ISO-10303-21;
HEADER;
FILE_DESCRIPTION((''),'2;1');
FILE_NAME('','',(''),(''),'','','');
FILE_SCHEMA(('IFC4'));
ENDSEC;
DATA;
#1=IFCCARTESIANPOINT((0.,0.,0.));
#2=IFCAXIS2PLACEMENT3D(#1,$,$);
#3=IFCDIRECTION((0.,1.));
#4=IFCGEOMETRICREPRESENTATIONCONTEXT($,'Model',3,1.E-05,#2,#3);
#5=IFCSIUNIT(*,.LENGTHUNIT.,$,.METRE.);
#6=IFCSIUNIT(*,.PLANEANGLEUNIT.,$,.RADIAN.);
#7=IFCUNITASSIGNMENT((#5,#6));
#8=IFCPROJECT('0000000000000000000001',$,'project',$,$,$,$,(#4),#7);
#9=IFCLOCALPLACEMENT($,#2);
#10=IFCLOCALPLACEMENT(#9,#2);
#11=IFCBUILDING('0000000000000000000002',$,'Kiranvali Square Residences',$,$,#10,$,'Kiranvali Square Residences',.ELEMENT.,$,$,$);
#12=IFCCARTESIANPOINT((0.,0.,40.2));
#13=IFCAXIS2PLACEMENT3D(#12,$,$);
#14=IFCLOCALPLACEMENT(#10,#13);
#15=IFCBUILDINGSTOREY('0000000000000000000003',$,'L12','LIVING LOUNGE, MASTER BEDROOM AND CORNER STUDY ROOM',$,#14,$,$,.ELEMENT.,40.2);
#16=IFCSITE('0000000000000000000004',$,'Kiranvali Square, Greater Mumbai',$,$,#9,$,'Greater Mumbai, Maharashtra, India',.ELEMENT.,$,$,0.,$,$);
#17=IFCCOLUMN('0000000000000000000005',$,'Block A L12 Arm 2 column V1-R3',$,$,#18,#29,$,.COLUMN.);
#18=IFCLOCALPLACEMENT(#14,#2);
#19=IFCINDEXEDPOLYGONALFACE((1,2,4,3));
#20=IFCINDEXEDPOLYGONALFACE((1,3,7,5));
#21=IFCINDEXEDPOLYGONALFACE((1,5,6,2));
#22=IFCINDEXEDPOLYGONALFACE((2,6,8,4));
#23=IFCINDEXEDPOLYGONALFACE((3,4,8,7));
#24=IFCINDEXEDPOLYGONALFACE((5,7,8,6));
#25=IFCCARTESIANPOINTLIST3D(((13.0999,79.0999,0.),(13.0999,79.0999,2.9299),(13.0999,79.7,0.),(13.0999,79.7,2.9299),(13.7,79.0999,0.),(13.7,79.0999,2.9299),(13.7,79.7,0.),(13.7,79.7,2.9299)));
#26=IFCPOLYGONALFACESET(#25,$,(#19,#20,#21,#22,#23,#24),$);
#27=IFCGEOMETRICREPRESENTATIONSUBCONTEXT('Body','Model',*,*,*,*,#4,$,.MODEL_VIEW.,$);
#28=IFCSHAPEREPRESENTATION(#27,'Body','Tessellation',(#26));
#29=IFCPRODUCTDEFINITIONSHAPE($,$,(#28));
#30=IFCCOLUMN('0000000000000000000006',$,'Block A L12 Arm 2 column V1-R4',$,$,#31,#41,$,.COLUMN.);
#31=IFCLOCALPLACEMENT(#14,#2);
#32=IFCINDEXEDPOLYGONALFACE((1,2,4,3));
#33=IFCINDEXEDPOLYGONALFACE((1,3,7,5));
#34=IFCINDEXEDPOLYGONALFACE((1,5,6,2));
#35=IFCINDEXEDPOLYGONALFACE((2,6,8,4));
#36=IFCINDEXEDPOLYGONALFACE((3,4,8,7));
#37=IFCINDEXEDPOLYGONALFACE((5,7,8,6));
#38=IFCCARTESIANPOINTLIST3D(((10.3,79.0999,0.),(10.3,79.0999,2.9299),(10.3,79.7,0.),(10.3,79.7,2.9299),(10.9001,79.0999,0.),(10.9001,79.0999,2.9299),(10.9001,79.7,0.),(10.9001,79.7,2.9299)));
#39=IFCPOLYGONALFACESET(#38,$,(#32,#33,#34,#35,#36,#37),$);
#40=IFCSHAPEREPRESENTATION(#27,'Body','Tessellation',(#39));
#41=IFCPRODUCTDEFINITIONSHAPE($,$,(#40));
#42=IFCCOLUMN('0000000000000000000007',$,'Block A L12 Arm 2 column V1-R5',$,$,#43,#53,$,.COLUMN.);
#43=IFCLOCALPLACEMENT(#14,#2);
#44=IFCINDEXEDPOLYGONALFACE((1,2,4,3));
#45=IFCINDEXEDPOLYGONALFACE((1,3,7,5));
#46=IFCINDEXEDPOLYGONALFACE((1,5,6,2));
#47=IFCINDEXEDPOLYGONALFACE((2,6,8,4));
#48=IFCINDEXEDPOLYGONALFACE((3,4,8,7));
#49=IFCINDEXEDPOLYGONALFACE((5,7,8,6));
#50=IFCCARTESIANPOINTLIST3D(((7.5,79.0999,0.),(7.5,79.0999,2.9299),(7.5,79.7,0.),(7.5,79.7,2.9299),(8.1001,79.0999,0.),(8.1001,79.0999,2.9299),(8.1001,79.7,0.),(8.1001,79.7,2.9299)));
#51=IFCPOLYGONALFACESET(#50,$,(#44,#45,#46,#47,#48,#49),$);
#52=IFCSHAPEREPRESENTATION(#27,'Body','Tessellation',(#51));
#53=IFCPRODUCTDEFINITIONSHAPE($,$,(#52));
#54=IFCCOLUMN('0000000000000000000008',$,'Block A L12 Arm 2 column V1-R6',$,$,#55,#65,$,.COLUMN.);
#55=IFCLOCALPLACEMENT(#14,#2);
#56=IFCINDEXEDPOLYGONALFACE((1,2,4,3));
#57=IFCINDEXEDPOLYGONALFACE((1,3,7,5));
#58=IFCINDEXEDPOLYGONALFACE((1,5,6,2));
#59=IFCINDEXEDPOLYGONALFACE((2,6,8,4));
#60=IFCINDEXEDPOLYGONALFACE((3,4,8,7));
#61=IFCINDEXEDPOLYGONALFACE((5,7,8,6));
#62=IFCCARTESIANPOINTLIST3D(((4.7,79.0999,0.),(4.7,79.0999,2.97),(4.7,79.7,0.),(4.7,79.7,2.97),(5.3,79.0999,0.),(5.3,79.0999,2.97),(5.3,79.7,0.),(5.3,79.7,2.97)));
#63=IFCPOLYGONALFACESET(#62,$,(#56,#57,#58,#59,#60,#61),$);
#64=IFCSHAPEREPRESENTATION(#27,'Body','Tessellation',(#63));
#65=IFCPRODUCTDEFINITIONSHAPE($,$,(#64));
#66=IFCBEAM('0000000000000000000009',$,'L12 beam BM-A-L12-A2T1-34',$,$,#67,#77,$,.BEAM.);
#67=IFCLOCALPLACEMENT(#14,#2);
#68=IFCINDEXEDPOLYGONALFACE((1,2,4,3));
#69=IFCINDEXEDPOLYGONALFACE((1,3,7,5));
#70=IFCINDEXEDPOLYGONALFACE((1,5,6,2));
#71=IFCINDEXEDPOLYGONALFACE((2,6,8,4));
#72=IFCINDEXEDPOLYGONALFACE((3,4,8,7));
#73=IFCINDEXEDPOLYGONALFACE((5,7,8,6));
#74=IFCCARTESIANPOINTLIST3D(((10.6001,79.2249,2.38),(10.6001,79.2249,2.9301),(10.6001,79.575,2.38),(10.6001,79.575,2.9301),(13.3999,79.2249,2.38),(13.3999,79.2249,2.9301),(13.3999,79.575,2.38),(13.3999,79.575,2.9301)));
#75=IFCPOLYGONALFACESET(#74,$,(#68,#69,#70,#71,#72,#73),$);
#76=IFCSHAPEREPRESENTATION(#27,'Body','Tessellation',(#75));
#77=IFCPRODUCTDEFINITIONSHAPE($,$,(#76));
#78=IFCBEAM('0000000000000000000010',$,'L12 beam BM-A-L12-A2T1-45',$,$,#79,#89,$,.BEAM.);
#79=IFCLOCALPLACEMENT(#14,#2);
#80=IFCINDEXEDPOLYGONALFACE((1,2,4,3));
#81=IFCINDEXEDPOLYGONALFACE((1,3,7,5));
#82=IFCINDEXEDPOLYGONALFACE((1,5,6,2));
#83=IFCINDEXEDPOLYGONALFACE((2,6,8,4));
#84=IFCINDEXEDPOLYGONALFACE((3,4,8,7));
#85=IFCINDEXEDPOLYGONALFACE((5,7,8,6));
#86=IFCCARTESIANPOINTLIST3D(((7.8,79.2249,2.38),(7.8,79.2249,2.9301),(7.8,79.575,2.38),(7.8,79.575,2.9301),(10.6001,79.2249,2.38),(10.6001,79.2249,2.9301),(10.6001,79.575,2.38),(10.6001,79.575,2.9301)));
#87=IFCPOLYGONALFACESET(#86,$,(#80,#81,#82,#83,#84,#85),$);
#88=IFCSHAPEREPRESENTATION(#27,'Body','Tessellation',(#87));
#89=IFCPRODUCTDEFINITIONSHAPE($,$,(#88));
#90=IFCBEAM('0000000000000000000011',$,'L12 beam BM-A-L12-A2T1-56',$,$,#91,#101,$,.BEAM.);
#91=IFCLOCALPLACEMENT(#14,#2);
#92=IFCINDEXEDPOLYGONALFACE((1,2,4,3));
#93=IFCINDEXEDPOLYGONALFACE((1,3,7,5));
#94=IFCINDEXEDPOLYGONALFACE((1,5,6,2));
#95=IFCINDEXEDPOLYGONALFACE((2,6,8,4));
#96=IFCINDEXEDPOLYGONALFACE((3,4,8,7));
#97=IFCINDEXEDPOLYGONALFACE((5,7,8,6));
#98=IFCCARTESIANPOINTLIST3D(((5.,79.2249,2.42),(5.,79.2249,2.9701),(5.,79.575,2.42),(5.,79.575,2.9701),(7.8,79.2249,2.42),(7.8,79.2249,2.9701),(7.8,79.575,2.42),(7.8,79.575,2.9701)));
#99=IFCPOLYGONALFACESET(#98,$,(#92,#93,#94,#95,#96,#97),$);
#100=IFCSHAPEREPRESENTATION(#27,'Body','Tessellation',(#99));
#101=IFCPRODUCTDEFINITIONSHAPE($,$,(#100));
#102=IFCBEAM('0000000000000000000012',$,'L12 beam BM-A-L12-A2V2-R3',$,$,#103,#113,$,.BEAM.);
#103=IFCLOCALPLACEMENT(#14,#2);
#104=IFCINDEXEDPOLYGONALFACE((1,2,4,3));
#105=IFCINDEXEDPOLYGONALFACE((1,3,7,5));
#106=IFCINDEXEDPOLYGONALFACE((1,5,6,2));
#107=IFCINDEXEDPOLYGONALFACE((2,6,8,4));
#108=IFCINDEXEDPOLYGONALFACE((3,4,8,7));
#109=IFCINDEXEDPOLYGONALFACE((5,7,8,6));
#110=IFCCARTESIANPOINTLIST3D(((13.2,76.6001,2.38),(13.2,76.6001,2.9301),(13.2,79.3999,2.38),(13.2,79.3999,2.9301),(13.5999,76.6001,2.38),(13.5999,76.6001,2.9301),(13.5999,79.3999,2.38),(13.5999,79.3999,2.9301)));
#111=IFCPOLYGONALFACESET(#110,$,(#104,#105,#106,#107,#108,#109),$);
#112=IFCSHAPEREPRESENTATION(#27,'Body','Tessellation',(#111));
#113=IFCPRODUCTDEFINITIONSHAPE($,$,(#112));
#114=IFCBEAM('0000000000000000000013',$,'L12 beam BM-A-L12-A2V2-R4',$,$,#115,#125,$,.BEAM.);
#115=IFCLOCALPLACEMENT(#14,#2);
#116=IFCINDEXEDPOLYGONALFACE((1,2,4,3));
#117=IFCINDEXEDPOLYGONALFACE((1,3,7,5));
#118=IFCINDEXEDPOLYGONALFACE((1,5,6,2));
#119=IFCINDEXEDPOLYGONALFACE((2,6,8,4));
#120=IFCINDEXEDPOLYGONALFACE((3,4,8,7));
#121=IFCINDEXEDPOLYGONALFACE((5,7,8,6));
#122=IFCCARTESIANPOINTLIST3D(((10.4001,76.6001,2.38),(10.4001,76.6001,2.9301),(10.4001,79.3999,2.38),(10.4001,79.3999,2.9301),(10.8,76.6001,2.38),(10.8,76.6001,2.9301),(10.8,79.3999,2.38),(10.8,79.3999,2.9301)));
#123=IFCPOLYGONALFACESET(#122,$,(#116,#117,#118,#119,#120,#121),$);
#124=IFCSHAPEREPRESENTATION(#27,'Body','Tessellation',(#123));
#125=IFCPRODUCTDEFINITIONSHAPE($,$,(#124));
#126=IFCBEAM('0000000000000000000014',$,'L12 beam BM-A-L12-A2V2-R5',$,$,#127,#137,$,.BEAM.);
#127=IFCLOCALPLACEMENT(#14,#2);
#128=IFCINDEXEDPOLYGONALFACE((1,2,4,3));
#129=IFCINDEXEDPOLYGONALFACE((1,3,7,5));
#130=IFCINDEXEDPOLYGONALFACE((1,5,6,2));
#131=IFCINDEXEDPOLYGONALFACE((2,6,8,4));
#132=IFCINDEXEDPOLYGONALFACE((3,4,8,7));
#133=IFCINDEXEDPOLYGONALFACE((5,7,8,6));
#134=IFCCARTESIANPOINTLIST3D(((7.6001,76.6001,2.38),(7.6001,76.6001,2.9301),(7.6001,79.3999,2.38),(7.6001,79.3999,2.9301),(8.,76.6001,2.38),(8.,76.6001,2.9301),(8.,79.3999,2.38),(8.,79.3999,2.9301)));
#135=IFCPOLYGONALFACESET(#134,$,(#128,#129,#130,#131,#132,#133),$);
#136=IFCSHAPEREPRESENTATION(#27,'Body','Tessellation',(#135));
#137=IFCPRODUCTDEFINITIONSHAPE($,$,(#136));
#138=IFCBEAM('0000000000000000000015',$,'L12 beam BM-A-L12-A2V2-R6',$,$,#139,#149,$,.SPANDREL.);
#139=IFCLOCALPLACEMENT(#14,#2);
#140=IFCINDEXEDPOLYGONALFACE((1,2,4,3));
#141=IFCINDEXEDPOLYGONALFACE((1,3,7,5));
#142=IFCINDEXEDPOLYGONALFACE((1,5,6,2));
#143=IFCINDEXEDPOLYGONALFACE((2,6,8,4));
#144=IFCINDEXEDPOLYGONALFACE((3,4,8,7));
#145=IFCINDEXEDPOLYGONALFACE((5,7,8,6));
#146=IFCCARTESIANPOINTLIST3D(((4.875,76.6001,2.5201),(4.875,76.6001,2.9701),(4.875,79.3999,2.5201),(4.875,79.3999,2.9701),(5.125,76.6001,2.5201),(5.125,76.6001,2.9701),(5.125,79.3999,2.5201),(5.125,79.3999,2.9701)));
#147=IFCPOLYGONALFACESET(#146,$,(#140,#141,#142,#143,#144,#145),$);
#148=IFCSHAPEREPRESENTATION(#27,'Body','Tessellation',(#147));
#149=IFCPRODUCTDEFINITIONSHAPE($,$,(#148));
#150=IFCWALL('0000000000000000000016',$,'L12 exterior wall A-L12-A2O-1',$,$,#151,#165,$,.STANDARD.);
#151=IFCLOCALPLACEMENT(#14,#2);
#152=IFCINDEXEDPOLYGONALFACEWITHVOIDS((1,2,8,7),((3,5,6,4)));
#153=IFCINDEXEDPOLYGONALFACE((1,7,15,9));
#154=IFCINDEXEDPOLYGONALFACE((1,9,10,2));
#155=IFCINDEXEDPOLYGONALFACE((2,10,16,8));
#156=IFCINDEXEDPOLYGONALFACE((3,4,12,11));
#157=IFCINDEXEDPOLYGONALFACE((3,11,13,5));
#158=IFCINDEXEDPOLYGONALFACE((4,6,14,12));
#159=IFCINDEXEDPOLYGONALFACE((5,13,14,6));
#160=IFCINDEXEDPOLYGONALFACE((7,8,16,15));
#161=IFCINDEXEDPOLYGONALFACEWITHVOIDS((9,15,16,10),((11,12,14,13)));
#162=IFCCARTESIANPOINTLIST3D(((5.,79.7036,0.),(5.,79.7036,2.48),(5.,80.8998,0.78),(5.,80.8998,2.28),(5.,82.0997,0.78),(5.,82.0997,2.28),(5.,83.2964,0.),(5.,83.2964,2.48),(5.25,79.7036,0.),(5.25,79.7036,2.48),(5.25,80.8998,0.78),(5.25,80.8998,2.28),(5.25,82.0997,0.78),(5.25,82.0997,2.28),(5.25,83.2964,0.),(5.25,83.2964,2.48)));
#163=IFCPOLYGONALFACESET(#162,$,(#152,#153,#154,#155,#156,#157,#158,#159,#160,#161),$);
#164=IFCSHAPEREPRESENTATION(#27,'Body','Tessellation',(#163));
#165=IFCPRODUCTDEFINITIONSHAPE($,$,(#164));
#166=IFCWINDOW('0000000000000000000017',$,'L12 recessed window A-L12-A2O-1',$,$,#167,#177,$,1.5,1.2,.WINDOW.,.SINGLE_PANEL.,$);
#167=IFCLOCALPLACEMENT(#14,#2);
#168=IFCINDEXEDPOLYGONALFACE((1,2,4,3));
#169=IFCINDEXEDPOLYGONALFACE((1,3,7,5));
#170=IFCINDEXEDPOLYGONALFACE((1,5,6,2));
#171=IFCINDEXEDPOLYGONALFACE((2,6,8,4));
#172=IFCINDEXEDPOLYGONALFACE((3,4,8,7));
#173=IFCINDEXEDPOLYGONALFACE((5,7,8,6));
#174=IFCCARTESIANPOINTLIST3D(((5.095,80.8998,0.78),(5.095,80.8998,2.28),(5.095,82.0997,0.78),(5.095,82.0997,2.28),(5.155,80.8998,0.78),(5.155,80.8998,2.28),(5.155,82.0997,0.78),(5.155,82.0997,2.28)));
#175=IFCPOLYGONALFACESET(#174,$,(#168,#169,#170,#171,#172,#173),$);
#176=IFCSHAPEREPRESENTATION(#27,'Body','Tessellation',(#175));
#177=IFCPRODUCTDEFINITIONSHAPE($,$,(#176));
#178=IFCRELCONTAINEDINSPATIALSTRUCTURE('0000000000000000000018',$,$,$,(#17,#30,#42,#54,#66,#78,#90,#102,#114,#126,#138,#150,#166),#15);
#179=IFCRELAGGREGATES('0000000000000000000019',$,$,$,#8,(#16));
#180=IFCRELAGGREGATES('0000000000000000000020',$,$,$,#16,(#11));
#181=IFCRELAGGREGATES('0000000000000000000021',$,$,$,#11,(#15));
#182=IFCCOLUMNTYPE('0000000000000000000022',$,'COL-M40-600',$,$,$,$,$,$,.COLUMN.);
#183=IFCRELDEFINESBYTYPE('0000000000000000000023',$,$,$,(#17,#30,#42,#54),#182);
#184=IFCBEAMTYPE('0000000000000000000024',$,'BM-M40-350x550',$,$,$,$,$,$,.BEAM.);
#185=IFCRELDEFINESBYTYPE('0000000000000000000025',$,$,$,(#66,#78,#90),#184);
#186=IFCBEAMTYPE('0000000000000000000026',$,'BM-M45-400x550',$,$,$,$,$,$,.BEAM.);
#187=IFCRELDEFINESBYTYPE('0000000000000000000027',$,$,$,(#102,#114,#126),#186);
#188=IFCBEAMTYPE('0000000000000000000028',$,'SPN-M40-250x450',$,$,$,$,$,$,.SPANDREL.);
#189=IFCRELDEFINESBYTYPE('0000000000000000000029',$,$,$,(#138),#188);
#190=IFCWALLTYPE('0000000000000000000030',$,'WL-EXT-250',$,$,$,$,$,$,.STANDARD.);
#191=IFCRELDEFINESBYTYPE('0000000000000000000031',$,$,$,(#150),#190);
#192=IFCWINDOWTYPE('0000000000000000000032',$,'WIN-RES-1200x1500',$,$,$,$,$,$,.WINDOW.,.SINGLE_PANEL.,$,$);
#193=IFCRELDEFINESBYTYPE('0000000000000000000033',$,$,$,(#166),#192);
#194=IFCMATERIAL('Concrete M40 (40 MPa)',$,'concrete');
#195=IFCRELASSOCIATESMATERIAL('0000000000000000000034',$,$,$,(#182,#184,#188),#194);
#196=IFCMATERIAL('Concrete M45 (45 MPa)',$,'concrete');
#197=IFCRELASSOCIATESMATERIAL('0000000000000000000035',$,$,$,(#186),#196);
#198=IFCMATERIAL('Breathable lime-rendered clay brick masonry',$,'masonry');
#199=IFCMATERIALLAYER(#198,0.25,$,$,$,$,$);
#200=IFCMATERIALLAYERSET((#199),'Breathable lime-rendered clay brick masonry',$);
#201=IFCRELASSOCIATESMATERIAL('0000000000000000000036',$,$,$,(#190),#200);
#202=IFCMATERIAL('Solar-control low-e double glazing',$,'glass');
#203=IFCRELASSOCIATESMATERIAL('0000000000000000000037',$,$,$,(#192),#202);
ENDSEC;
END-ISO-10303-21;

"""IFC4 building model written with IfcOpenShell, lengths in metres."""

from ifc_helpers import new_model, si_unit, direction, frame, frame_2d, origin, origin_2d, place, context, subcontext, project, spatial, rectangle, extrude, material, layer, layer_set, material_profile, profile_set, type_object, element, fill, save


model = new_model("IFC4")

# Units and contexts
model_context = context("Model", 3, precision=1e-05, world=origin(), true_north=direction((0.0, 1.0)))
body_context = subcontext(model_context, "Body", "Model", "MODEL_VIEW")
ifc_project = project(units=[si_unit("LENGTHUNIT", "METRE"), si_unit("PLANEANGLEUNIT", "RADIAN")], contexts=[model_context])

# Site, building, storey
site_placement = place(None, origin())
site = spatial("IfcSite", under=ifc_project, at=site_placement, Name="Kiranvali Square, Greater Mumbai", LongName="Greater Mumbai, Maharashtra, India", CompositionType="ELEMENT", RefElevation=0.0)
building_placement = place(site_placement, origin())
building = spatial("IfcBuilding", under=site, at=building_placement, Name="Kiranvali Square Residences", LongName="Kiranvali Square Residences", CompositionType="ELEMENT")
storey_placement = place(building_placement, frame((0.0, 0.0, 40.2)))
storey = spatial("IfcBuildingStorey", under=building, at=storey_placement, Name="L12", Description="LIVING LOUNGE, MASTER BEDROOM AND CORNER STUDY ROOM", CompositionType="ELEMENT", Elevation=40.2)

# Columns
ifc_material_1 = material(Name="Concrete M40 (40 MPa)", Category="concrete")
ifc_material_profile_1 = material_profile(ifc_material_1, rectangle(XDim=0.6001, YDim=0.6001, at=origin_2d()), Name="RC 600x600")
ifc_profile_set_1 = profile_set([ifc_material_profile_1], Name="Concrete M40 (40 MPa)")
column_type = type_object("IfcColumnType", Name="COL-M40-600", PredefinedType="COLUMN", material=ifc_profile_set_1)
for number, where, z_axis, x_axis, name in (
    (1, (13.3999, 79.3999, 0.0), (0.0, 0.0, 1.0), (1.0, 0.0, 0.0), "Block A L12 Arm 2 column V1-R3"),
    (2, (10.6001, 79.3999, 0.0), (0.0, 0.0, 1.0), (1.0, 0.0, 0.0), "Block A L12 Arm 2 column V1-R4"),
    (3, (7.8, 79.3999, 0.0), (0.0, 0.0, 1.0), (1.0, 0.0, 0.0), "Block A L12 Arm 2 column V1-R5"),
):
    element("IfcColumn", number, at=place(storey_placement, frame(where, z_axis=z_axis, x_axis=x_axis)), inside=storey, type_object=column_type, Name=name, PredefinedType="COLUMN", context=body_context, shape_type="SweptSolid", body=[
        extrude(rectangle(XDim=0.6001, YDim=0.6001, at=origin_2d()), origin(), (0.0, 0.0, 1.0), 2.9299),
    ])
column_placement = place(storey_placement, frame((5.0, 79.3999, 0.0), z_axis=(0.0, 0.0, 1.0), x_axis=(1.0, 0.0, 0.0)))
element("IfcColumn", 4, at=column_placement, inside=storey, type_object=column_type, Name="Block A L12 Arm 2 column V1-R6", PredefinedType="COLUMN", context=body_context, shape_type="SweptSolid", body=[
    extrude(rectangle(XDim=0.6001, YDim=0.6001, at=origin_2d()), origin(), (0.0, 0.0, 1.0), 2.97),
])

# Beams
ifc_material_profile_2 = material_profile(ifc_material_1, rectangle(XDim=0.3501, YDim=0.55, at=origin_2d()), Name="RC 350x550")
ifc_profile_set_2 = profile_set([ifc_material_profile_2], Name="Concrete M40 (40 MPa)")
beam_type_1 = type_object("IfcBeamType", Name="BM-M40-350x550", PredefinedType="BEAM", material=ifc_profile_set_2)
beam_1_placement = place(storey_placement, frame((13.3999, 79.3999, 2.655), z_axis=(-1.0, 0.0, 0.0), x_axis=(0.0, -1.0, 0.0)))
element("IfcBeam", 5, at=beam_1_placement, inside=storey, type_object=beam_type_1, Name="L12 beam BM-A-L12-A2T1-34", PredefinedType="BEAM", context=body_context, shape_type="SweptSolid", body=[
    extrude(rectangle(XDim=0.3501, YDim=0.55, at=origin_2d()), origin(), (0.0, 0.0, 1.0), 2.7998),
])
for number, where, z_axis, x_axis, name in (
    (6, (10.6001, 79.3999, 2.655), (-1.0, 0.0, 0.0), (0.0, -1.0, 0.0), "L12 beam BM-A-L12-A2T1-45"),
    (7, (7.8, 79.3999, 2.6951), (-1.0, 0.0, 0.0), (0.0, -1.0, 0.0), "L12 beam BM-A-L12-A2T1-56"),
):
    element("IfcBeam", number, at=place(storey_placement, frame(where, z_axis=z_axis, x_axis=x_axis)), inside=storey, type_object=beam_type_1, Name=name, PredefinedType="BEAM", context=body_context, shape_type="SweptSolid", body=[
        extrude(rectangle(XDim=0.3501, YDim=0.55, at=origin_2d()), origin(), (0.0, 0.0, 1.0), 2.8),
    ])
ifc_material_2 = material(Name="Concrete M45 (45 MPa)", Category="concrete")
ifc_material_profile_3 = material_profile(ifc_material_2, rectangle(XDim=0.3999, YDim=0.55, at=origin_2d()), Name="RC 400x550")
ifc_profile_set_3 = profile_set([ifc_material_profile_3], Name="Concrete M45 (45 MPa)")
beam_type_2 = type_object("IfcBeamType", Name="BM-M45-400x550", PredefinedType="BEAM", material=ifc_profile_set_3)
for number, where, z_axis, x_axis, name in (
    (8, (13.3999, 79.3999, 2.655), (0.0, -1.0, 0.0), (1.0, 0.0, 0.0), "L12 beam BM-A-L12-A2V2-R3"),
    (9, (10.6001, 79.3999, 2.655), (0.0, -1.0, 0.0), (1.0, 0.0, 0.0), "L12 beam BM-A-L12-A2V2-R4"),
    (10, (7.8, 79.3999, 2.655), (0.0, -1.0, 0.0), (1.0, 0.0, 0.0), "L12 beam BM-A-L12-A2V2-R5"),
):
    element("IfcBeam", number, at=place(storey_placement, frame(where, z_axis=z_axis, x_axis=x_axis)), inside=storey, type_object=beam_type_2, Name=name, PredefinedType="BEAM", context=body_context, shape_type="SweptSolid", body=[
        extrude(rectangle(XDim=0.3999, YDim=0.55, at=origin_2d()), origin(), (0.0, 0.0, 1.0), 2.7998),
    ])
ifc_material_profile_4 = material_profile(ifc_material_1, rectangle(XDim=0.25, YDim=0.45, at=origin_2d()), Name="RC 250x450")
ifc_profile_set_4 = profile_set([ifc_material_profile_4], Name="Concrete M40 (40 MPa)")
beam_type_3 = type_object("IfcBeamType", Name="SPN-M40-250x450", PredefinedType="SPANDREL", material=ifc_profile_set_4)
beam_2_placement = place(storey_placement, frame((5.0, 79.3999, 2.7451), z_axis=(0.0, -1.0, 0.0), x_axis=(1.0, 0.0, 0.0)))
element("IfcBeam", 11, at=beam_2_placement, inside=storey, type_object=beam_type_3, Name="L12 beam BM-A-L12-A2V2-R6", PredefinedType="SPANDREL", context=body_context, shape_type="SweptSolid", body=[
    extrude(rectangle(XDim=0.25, YDim=0.45, at=origin_2d()), origin(), (0.0, 0.0, 1.0), 2.7998),
])

# Wall, opening, window
ifc_material_3 = material(Name="Breathable lime-rendered clay brick masonry", Category="masonry")
ifc_layer_1 = layer(ifc_material_3, 0.25)
ifc_layer_set_1 = layer_set([ifc_layer_1], Name="Breathable lime-rendered clay brick masonry")
wall_type_1 = type_object("IfcWallType", Name="WL-EXT-250", PredefinedType="STANDARD", material=ifc_layer_set_1)
wall_1_placement = place(storey_placement, frame((5.125, 83.2964, 0.0), z_axis=(0.0, 0.0, 1.0), x_axis=(0.0, -1.0, 0.0)))
wall_1 = element("IfcWall", 12, at=wall_1_placement, inside=storey, type_object=wall_type_1, Name="L12 exterior wall A-L12-A2O-1", PredefinedType="STANDARD", context=body_context, shape_type="SweptSolid", body=[
    extrude(rectangle(XDim=3.5928, YDim=0.25, at=frame_2d((1.7964, 0.0))), origin(), (0.0, 0.0, 1.0), 2.48),
])
opening_1_placement = place(wall_1_placement, frame((1.1965, 0.0, 0.78)))
opening_1 = element("IfcOpeningElement", 13, at=opening_1_placement, cuts=wall_1, PredefinedType="OPENING", context=body_context, shape_type="SweptSolid", body=[
    extrude(rectangle(XDim=1.2, YDim=1.5, at=frame_2d((0.6001, 0.75))), frame((0.0, 0.135, 0.0), z_axis=(0.0, -1.0, 0.0), x_axis=(1.0, 0.0, 0.0)), (0.0, 0.0, 1.0), 0.27),
])
ifc_material_4 = material(Name="Solar-control low-e double glazing", Category="glass")
window_type_1 = type_object("IfcWindowType", Name="WIN-RES-1200x1500", PartitioningType="SINGLE_PANEL", PredefinedType="WINDOW", material=ifc_material_4)
window_1_placement = place(opening_1_placement, origin())
window_1 = element("IfcWindow", 14, at=window_1_placement, inside=storey, type_object=window_type_1, Name="L12 recessed window A-L12-A2O-1", OverallHeight=1.5, OverallWidth=1.2, PartitioningType="SINGLE_PANEL", PredefinedType="WINDOW", context=body_context, shape_type="SweptSolid", body=[
    extrude(rectangle(XDim=1.2, YDim=1.5, at=frame_2d((0.6001, 0.75))), frame((0.0, 0.03, 0.0), z_axis=(0.0, -1.0, 0.0), x_axis=(1.0, 0.0, 0.0)), (0.0, 0.0, 1.0), 0.0601),
])
fill(opening_1, window_1)

save(model, "model.ifc")
